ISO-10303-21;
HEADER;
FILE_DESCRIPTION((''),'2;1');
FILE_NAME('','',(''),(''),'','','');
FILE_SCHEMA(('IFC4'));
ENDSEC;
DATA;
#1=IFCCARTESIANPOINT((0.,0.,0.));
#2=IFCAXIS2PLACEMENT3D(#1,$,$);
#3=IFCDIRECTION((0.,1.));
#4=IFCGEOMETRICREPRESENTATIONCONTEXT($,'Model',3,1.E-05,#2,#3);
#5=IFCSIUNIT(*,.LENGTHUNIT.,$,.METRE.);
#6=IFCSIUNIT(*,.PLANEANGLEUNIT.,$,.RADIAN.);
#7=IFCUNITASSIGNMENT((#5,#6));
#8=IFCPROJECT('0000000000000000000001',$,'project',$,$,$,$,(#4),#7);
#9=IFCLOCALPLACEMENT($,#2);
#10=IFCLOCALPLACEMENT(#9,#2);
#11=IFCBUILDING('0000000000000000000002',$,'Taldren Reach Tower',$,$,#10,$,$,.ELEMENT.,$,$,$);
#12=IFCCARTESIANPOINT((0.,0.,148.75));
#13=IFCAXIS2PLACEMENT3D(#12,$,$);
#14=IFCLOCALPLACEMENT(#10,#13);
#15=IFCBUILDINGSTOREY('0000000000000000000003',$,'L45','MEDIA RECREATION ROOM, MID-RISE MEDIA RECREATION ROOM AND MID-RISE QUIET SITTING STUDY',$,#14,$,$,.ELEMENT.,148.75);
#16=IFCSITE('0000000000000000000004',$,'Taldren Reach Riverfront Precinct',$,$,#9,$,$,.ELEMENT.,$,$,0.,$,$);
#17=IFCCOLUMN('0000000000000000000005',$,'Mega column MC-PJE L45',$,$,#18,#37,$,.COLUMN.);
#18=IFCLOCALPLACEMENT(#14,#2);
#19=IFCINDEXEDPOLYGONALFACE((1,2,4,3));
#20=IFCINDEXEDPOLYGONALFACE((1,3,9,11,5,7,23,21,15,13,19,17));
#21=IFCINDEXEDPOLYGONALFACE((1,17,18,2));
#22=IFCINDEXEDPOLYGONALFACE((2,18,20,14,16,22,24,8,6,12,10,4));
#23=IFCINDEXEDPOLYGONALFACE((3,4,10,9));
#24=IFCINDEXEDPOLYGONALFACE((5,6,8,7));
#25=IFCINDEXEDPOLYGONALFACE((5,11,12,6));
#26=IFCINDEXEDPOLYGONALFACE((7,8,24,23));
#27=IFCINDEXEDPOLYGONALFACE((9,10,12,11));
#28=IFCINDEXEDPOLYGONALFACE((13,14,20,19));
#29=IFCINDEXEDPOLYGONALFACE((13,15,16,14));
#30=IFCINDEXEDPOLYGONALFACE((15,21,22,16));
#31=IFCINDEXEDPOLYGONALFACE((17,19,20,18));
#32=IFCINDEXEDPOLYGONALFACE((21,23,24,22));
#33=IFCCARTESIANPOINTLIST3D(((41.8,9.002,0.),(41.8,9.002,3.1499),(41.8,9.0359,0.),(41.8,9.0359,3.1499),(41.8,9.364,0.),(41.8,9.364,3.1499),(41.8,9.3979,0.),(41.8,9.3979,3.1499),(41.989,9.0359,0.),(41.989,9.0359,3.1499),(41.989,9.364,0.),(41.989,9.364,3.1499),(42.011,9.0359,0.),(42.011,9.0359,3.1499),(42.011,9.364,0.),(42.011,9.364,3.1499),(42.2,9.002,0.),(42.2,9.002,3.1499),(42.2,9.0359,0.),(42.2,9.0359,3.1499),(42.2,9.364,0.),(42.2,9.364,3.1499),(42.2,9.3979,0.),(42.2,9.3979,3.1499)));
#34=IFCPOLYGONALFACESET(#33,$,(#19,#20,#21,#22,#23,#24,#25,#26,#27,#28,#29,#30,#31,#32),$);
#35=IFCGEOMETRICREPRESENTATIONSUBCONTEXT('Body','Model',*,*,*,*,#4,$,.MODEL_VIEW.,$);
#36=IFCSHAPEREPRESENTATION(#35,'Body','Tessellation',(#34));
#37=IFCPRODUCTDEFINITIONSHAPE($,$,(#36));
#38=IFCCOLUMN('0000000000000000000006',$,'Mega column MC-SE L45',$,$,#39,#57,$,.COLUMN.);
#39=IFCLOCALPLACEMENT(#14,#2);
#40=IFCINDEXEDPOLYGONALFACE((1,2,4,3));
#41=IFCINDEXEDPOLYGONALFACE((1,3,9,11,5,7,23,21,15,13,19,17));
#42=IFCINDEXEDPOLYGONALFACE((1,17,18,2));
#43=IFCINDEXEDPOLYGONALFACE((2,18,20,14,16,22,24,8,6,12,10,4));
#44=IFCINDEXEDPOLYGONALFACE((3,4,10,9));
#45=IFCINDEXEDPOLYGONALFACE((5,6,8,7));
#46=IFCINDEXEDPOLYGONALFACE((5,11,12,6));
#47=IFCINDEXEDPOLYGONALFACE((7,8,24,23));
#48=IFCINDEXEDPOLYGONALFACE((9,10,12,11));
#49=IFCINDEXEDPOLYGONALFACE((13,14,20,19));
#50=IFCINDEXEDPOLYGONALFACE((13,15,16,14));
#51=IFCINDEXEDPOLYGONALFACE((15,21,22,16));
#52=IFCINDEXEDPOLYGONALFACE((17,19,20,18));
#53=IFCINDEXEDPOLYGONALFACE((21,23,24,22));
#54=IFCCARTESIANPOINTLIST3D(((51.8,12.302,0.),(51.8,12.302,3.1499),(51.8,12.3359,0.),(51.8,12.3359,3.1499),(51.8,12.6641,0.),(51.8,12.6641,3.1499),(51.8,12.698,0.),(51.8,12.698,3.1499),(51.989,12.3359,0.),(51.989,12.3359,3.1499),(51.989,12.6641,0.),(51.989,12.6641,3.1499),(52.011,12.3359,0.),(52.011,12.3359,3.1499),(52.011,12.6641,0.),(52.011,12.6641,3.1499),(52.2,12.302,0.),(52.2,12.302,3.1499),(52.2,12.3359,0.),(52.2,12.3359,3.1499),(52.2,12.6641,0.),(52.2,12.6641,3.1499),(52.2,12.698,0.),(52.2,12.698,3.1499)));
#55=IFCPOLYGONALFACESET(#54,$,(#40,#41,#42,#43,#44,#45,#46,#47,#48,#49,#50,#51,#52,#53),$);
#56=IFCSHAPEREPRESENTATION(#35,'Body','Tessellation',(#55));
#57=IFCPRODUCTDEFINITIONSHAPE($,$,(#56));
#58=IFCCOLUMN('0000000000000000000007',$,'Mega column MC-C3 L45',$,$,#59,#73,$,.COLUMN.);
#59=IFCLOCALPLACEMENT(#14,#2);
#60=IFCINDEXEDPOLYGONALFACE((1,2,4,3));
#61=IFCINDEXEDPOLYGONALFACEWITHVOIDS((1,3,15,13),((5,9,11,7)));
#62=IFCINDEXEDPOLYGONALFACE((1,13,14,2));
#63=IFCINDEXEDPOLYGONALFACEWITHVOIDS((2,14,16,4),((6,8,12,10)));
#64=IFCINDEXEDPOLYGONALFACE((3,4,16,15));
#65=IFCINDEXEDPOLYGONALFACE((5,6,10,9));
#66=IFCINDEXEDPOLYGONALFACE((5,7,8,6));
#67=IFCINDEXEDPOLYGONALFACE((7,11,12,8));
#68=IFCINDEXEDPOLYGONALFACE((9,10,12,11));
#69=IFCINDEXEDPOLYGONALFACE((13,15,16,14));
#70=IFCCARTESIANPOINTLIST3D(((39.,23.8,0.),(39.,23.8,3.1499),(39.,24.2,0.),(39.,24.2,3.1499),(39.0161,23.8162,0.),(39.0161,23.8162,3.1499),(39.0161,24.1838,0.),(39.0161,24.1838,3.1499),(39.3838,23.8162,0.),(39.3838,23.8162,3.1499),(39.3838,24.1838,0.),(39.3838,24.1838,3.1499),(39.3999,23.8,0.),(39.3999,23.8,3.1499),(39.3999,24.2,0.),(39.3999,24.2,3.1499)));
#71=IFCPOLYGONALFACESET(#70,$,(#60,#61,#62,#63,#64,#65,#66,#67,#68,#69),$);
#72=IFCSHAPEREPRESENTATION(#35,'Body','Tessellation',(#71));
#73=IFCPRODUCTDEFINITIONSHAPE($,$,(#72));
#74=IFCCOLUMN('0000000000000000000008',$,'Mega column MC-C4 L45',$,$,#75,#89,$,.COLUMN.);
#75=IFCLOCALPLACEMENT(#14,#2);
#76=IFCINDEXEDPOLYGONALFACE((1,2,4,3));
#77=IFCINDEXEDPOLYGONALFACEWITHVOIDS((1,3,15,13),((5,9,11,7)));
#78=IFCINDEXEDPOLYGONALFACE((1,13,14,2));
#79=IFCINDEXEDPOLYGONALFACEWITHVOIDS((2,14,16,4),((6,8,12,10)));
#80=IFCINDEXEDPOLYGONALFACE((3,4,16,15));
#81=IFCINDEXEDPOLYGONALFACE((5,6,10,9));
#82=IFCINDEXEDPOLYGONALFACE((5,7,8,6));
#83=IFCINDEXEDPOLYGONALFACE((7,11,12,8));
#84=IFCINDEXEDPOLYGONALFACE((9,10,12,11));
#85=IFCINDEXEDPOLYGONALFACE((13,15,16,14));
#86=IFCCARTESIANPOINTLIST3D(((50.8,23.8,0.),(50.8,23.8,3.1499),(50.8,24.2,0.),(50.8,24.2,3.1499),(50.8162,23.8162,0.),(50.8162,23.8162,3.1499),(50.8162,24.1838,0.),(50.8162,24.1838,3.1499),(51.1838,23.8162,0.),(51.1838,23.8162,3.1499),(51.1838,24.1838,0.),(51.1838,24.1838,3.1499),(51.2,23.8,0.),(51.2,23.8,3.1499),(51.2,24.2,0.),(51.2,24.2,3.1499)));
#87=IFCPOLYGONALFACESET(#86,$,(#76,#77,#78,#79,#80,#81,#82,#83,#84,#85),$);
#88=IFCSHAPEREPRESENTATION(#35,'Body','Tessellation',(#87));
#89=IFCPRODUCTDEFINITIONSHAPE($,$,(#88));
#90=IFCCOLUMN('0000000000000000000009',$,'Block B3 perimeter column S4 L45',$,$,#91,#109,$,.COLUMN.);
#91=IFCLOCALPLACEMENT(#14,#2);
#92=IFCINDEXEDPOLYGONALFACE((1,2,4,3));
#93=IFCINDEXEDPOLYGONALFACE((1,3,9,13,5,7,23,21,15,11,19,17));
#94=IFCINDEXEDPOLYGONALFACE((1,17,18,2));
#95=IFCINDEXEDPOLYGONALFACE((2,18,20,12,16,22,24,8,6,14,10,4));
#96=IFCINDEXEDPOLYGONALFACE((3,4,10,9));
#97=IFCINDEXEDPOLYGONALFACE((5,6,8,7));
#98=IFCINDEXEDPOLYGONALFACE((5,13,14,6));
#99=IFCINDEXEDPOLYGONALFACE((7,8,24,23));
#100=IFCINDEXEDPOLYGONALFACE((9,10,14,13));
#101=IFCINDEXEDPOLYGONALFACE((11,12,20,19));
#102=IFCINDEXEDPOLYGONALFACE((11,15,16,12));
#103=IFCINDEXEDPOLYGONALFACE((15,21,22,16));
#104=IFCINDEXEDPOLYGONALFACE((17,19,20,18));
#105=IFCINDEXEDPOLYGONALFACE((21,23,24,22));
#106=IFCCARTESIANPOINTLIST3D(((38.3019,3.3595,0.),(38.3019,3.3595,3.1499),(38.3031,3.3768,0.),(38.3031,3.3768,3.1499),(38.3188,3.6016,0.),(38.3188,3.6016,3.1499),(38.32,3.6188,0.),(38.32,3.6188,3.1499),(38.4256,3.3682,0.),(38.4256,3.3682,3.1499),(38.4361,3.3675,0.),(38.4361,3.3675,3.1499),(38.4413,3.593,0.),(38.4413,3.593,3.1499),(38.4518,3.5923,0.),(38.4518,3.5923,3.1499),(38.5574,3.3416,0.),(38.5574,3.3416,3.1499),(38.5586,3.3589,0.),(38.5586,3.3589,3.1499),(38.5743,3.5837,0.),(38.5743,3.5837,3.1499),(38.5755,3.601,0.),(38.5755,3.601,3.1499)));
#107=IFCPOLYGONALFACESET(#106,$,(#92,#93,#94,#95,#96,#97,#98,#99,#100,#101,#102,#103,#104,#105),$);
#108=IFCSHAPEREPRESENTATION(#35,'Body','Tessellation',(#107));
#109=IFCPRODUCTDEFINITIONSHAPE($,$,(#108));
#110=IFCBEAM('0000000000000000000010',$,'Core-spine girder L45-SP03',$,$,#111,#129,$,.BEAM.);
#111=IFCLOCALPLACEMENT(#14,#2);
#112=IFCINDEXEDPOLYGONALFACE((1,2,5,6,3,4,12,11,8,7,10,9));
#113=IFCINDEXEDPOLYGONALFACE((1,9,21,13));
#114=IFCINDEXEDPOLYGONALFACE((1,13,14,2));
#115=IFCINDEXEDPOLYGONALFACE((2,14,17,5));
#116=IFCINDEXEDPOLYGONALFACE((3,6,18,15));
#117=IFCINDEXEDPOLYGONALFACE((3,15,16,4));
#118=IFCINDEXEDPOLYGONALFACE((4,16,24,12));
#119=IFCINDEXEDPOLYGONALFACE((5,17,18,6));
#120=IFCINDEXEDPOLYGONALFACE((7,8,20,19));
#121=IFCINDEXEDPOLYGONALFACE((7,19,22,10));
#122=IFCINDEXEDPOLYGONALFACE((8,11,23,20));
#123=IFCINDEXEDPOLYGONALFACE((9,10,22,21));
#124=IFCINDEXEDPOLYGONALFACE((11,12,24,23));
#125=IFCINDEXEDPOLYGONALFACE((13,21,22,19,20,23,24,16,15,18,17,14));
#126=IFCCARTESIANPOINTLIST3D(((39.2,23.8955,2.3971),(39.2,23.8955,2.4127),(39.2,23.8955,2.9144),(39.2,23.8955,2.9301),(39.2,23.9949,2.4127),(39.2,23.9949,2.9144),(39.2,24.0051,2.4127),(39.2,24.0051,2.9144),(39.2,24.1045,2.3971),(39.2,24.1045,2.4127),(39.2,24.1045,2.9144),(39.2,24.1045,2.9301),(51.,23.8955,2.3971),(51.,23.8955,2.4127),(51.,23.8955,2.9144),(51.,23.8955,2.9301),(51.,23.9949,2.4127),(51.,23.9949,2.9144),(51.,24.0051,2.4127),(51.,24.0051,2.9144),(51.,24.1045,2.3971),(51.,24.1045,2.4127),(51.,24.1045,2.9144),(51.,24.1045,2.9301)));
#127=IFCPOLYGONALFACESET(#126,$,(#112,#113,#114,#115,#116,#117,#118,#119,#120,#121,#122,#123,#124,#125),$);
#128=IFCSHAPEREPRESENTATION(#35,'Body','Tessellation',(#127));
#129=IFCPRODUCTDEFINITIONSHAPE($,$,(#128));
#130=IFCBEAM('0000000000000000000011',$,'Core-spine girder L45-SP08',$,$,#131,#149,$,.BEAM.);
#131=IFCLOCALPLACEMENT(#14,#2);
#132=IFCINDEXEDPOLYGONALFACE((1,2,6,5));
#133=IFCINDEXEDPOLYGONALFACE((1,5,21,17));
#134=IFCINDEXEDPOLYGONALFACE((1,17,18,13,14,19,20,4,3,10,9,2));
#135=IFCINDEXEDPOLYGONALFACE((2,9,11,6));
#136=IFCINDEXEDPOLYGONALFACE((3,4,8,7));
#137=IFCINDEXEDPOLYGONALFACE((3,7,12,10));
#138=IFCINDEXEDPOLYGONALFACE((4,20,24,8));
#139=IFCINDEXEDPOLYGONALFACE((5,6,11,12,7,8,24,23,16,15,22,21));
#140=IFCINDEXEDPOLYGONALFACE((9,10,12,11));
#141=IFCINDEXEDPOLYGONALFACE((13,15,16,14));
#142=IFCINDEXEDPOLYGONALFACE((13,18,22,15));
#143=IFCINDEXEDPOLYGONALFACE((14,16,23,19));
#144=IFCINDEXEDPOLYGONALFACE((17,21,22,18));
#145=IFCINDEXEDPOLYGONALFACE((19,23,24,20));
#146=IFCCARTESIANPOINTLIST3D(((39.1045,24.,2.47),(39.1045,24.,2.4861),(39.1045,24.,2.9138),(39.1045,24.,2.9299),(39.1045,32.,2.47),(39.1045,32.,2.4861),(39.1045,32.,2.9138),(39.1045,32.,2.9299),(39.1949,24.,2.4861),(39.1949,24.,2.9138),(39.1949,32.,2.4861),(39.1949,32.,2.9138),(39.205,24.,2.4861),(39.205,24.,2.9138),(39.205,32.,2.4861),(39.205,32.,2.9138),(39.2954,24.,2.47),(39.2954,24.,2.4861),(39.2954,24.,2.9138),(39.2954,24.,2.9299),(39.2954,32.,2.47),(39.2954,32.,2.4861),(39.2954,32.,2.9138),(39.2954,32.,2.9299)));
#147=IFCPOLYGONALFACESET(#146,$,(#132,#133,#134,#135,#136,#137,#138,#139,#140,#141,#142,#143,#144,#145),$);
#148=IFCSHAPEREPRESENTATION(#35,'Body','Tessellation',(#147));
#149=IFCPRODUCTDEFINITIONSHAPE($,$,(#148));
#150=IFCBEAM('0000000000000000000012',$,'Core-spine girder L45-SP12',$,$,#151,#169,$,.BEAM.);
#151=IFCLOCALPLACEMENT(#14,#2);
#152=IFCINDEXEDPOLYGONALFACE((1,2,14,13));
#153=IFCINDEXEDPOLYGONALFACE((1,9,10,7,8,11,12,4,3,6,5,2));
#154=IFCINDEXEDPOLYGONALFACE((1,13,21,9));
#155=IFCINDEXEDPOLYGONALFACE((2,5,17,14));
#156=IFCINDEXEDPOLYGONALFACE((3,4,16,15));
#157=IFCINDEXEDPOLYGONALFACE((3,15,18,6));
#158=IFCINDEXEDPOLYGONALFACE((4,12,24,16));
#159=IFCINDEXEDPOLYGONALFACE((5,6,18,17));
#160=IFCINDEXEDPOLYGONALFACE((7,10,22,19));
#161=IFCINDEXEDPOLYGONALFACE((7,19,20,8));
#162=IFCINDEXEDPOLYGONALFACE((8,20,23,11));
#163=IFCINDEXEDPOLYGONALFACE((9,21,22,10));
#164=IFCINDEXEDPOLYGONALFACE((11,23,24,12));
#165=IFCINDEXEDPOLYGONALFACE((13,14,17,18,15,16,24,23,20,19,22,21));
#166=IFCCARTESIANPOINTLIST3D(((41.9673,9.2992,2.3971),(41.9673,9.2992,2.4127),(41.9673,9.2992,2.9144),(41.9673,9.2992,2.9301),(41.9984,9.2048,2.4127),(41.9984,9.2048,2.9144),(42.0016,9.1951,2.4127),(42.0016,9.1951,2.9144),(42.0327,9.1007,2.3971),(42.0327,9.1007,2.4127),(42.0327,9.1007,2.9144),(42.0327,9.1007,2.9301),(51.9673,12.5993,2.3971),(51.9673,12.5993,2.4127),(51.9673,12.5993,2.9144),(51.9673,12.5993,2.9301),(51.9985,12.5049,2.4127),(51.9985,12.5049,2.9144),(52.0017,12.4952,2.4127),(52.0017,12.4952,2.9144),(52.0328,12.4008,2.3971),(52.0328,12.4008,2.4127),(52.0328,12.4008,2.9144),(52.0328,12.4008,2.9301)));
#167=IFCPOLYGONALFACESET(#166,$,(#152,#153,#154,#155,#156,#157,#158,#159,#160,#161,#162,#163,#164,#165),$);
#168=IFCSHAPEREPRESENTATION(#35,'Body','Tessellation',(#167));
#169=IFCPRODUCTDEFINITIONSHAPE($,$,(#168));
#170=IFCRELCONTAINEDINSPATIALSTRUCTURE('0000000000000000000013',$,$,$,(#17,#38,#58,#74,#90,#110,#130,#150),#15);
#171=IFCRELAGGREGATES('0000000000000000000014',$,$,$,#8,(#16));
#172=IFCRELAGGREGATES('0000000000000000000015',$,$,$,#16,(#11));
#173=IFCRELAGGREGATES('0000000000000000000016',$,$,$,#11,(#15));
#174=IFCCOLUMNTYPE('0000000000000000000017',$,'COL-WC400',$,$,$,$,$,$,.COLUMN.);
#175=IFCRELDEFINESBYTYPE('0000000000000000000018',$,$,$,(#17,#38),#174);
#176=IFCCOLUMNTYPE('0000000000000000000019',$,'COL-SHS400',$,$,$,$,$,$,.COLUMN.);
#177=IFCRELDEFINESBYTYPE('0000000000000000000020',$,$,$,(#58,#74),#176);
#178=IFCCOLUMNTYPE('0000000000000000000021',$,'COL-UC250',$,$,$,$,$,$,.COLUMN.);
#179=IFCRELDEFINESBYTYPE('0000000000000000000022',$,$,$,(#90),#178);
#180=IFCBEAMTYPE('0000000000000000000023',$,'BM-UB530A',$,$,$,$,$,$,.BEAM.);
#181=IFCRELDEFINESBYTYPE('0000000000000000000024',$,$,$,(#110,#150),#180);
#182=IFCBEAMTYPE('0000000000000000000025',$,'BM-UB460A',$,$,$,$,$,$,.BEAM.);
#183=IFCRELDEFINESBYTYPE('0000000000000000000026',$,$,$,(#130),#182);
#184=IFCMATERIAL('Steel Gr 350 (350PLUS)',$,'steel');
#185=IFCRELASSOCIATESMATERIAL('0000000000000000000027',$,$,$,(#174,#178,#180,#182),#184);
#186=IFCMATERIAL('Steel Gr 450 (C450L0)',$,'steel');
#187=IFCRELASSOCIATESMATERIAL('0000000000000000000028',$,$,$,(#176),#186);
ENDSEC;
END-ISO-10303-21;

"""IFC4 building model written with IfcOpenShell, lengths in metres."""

from ifc_helpers import new_model, si_unit, direction, frame, origin, origin_2d, place, context, subcontext, project, spatial, hollow_rectangle, i_section, extrude, source, transform, mapped, material, material_profile, profile_set, type_object, element, save


model = new_model("IFC4")

# Units and contexts
model_context = context("Model", 3, precision=1e-05, world=origin(), true_north=direction((0.0, 1.0)))
body_context = subcontext(model_context, "Body", "Model", "MODEL_VIEW")
ifc_project = project(units=[si_unit("LENGTHUNIT", "METRE"), si_unit("PLANEANGLEUNIT", "RADIAN")], contexts=[model_context])

# Site, building, storey
site_placement = place(None, origin())
site = spatial("IfcSite", under=ifc_project, at=site_placement, Name="Taldren Reach Riverfront Precinct", CompositionType="ELEMENT", RefElevation=0.0)
building_placement = place(site_placement, origin())
building = spatial("IfcBuilding", under=site, at=building_placement, Name="Taldren Reach Tower", CompositionType="ELEMENT")
storey_placement = place(building_placement, frame((0.0, 0.0, 148.75)))
storey = spatial("IfcBuildingStorey", under=building, at=storey_placement, Name="L45", Description="MEDIA RECREATION ROOM, MID-RISE MEDIA RECREATION ROOM AND MID-RISE QUIET SITTING STUDY", CompositionType="ELEMENT", Elevation=148.75)

# Columns
ifc_material_1 = material(Name="Steel Gr 350 (350PLUS)", Category="steel")
ifc_material_profile_1 = material_profile(ifc_material_1, i_section(OverallWidth=0.3999, OverallDepth=0.396, WebThickness=0.022, FlangeThickness=0.0339, at=origin_2d()), Name="400WC270")
ifc_profile_set_1 = profile_set([ifc_material_profile_1], Name="Steel Gr 350 (350PLUS)")
column_type_1 = type_object("IfcColumnType", Name="COL-WC400", PredefinedType="COLUMN", material=ifc_profile_set_1)
shared_shape_1 = source(origin(), body_context, "Body", "SweptSolid", [
    extrude(i_section(OverallWidth=0.3999, OverallDepth=0.396, WebThickness=0.022, FlangeThickness=0.0339, at=origin_2d()), origin(), (0.0, 0.0, 1.0), 3.1499),
])
for number, where, z_axis, x_axis, name in (
    (1, (42.0, 9.2, 0.0), (0.0, 0.0, 1.0), (1.0, 0.0, 0.0), "Mega column MC-PJE L45"),
    (2, (52.0, 12.5, 0.0), (0.0, 0.0, 1.0), (1.0, 0.0, 0.0), "Mega column MC-SE L45"),
):
    element("IfcColumn", number, at=place(storey_placement, frame(where, z_axis=z_axis, x_axis=x_axis)), inside=storey, type_object=column_type_1, Name=name, PredefinedType="COLUMN", context=body_context, shape_type="MappedRepresentation", body=[
        mapped(shared_shape_1, transform((0.0, 0.0, 0.0), scale=1.0)),
    ])
ifc_material_2 = material(Name="Steel Gr 450 (C450L0)", Category="steel")
ifc_material_profile_2 = material_profile(ifc_material_2, hollow_rectangle(XDim=0.3999, YDim=0.3999, WallThickness=0.0161, at=origin_2d()), Name="400x400x16.0SHS")
ifc_profile_set_2 = profile_set([ifc_material_profile_2], Name="Steel Gr 450 (C450L0)")
column_type_2 = type_object("IfcColumnType", Name="COL-SHS400", PredefinedType="COLUMN", material=ifc_profile_set_2)
shared_shape_2 = source(origin(), body_context, "Body", "SweptSolid", [
    extrude(hollow_rectangle(XDim=0.3999, YDim=0.3999, WallThickness=0.0161, at=origin_2d()), origin(), (0.0, 0.0, 1.0), 3.1499),
])
for number, where, z_axis, x_axis, name in (
    (3, (39.2, 24.0, 0.0), (0.0, 0.0, 1.0), (1.0, 0.0, 0.0), "Mega column MC-C3 L45"),
    (4, (51.0, 24.0, 0.0), (0.0, 0.0, 1.0), (1.0, 0.0, 0.0), "Mega column MC-C4 L45"),
):
    element("IfcColumn", number, at=place(storey_placement, frame(where, z_axis=z_axis, x_axis=x_axis)), inside=storey, type_object=column_type_2, Name=name, PredefinedType="COLUMN", context=body_context, shape_type="MappedRepresentation", body=[
        mapped(shared_shape_2, transform((0.0, 0.0, 0.0), scale=1.0)),
    ])
ifc_material_profile_3 = material_profile(ifc_material_1, i_section(OverallWidth=0.2561, OverallDepth=0.26, WebThickness=0.0105, FlangeThickness=0.0173, at=origin_2d()), Name="250UC89.5")
ifc_profile_set_3 = profile_set([ifc_material_profile_3], Name="Steel Gr 350 (350PLUS)")
column_type_3 = type_object("IfcColumnType", Name="COL-UC250", PredefinedType="COLUMN", material=ifc_profile_set_3)
shared_shape_3 = source(origin(), body_context, "Body", "SweptSolid", [
    extrude(i_section(OverallWidth=0.2561, OverallDepth=0.26, WebThickness=0.0105, FlangeThickness=0.0173, at=origin_2d()), origin(), (0.0, 0.0, 1.0), 3.1499),
])
column_placement = place(storey_placement, frame((38.4387, 3.4802, 0.0), z_axis=(0.0, 0.0, 1.0), x_axis=(0.997564, -0.069756, 0.0)))
element("IfcColumn", 5, at=column_placement, inside=storey, type_object=column_type_3, Name="Block B3 perimeter column S4 L45", PredefinedType="COLUMN", context=body_context, shape_type="MappedRepresentation", body=[
    mapped(shared_shape_3, transform((0.0, 0.0, 0.0), scale=1.0)),
])

# Beams
ifc_material_profile_4 = material_profile(ifc_material_1, i_section(OverallWidth=0.209, OverallDepth=0.533, WebThickness=0.0103, FlangeThickness=0.0156, at=origin_2d()), Name="530UB92.4")
ifc_profile_set_4 = profile_set([ifc_material_profile_4], Name="Steel Gr 350 (350PLUS)")
beam_type_1 = type_object("IfcBeamType", Name="BM-UB530A", PredefinedType="BEAM", material=ifc_profile_set_4)
shared_shape_4 = source(origin(), body_context, "Body", "SweptSolid", [
    extrude(i_section(OverallWidth=0.209, OverallDepth=0.533, WebThickness=0.0103, FlangeThickness=0.0156, at=origin_2d()), origin(), (0.0, 0.0, 1.0), 11.8),
])
beam_1_placement = place(storey_placement, frame((39.2, 24.0, 2.6636), z_axis=(1.0, 0.0, 0.0), x_axis=(0.0, 1.0, 0.0)))
element("IfcBeam", 6, at=beam_1_placement, inside=storey, type_object=beam_type_1, Name="Core-spine girder L45-SP03", PredefinedType="BEAM", context=body_context, shape_type="MappedRepresentation", body=[
    mapped(shared_shape_4, transform((0.0, 0.0, 0.0), scale=1.0)),
])
ifc_material_profile_5 = material_profile(ifc_material_1, i_section(OverallWidth=0.1909, OverallDepth=0.46, WebThickness=0.01, FlangeThickness=0.0161, at=origin_2d()), Name="460UB82.1")
ifc_profile_set_5 = profile_set([ifc_material_profile_5], Name="Steel Gr 350 (350PLUS)")
beam_type_2 = type_object("IfcBeamType", Name="BM-UB460A", PredefinedType="BEAM", material=ifc_profile_set_5)
shared_shape_5 = source(origin(), body_context, "Body", "SweptSolid", [
    extrude(i_section(OverallWidth=0.1909, OverallDepth=0.46, WebThickness=0.01, FlangeThickness=0.0161, at=origin_2d()), origin(), (0.0, 0.0, 1.0), 8.0),
])
beam_2_placement = place(storey_placement, frame((39.2, 24.0, 2.7), z_axis=(0.0, 1.0, 0.0), x_axis=(-1.0, 0.0, 0.0)))
element("IfcBeam", 7, at=beam_2_placement, inside=storey, type_object=beam_type_2, Name="Core-spine girder L45-SP08", PredefinedType="BEAM", context=body_context, shape_type="MappedRepresentation", body=[
    mapped(shared_shape_5, transform((0.0, 0.0, 0.0), scale=1.0)),
])
shared_shape_6 = source(origin(), body_context, "Body", "SweptSolid", [
    extrude(i_section(OverallWidth=0.209, OverallDepth=0.533, WebThickness=0.0103, FlangeThickness=0.0156, at=origin_2d()), origin(), (0.0, 0.0, 1.0), 10.5305),
])
beam_3_placement = place(storey_placement, frame((42.0, 9.2, 2.6636), z_axis=(0.949627, 0.313382, 0.0), x_axis=(-0.313382, 0.949627, 0.0)))
element("IfcBeam", 8, at=beam_3_placement, inside=storey, type_object=beam_type_1, Name="Core-spine girder L45-SP12", PredefinedType="BEAM", context=body_context, shape_type="MappedRepresentation", body=[
    mapped(shared_shape_6, transform((0.0, 0.0, 0.0), scale=1.0)),
])

save(model, "model.ifc")
